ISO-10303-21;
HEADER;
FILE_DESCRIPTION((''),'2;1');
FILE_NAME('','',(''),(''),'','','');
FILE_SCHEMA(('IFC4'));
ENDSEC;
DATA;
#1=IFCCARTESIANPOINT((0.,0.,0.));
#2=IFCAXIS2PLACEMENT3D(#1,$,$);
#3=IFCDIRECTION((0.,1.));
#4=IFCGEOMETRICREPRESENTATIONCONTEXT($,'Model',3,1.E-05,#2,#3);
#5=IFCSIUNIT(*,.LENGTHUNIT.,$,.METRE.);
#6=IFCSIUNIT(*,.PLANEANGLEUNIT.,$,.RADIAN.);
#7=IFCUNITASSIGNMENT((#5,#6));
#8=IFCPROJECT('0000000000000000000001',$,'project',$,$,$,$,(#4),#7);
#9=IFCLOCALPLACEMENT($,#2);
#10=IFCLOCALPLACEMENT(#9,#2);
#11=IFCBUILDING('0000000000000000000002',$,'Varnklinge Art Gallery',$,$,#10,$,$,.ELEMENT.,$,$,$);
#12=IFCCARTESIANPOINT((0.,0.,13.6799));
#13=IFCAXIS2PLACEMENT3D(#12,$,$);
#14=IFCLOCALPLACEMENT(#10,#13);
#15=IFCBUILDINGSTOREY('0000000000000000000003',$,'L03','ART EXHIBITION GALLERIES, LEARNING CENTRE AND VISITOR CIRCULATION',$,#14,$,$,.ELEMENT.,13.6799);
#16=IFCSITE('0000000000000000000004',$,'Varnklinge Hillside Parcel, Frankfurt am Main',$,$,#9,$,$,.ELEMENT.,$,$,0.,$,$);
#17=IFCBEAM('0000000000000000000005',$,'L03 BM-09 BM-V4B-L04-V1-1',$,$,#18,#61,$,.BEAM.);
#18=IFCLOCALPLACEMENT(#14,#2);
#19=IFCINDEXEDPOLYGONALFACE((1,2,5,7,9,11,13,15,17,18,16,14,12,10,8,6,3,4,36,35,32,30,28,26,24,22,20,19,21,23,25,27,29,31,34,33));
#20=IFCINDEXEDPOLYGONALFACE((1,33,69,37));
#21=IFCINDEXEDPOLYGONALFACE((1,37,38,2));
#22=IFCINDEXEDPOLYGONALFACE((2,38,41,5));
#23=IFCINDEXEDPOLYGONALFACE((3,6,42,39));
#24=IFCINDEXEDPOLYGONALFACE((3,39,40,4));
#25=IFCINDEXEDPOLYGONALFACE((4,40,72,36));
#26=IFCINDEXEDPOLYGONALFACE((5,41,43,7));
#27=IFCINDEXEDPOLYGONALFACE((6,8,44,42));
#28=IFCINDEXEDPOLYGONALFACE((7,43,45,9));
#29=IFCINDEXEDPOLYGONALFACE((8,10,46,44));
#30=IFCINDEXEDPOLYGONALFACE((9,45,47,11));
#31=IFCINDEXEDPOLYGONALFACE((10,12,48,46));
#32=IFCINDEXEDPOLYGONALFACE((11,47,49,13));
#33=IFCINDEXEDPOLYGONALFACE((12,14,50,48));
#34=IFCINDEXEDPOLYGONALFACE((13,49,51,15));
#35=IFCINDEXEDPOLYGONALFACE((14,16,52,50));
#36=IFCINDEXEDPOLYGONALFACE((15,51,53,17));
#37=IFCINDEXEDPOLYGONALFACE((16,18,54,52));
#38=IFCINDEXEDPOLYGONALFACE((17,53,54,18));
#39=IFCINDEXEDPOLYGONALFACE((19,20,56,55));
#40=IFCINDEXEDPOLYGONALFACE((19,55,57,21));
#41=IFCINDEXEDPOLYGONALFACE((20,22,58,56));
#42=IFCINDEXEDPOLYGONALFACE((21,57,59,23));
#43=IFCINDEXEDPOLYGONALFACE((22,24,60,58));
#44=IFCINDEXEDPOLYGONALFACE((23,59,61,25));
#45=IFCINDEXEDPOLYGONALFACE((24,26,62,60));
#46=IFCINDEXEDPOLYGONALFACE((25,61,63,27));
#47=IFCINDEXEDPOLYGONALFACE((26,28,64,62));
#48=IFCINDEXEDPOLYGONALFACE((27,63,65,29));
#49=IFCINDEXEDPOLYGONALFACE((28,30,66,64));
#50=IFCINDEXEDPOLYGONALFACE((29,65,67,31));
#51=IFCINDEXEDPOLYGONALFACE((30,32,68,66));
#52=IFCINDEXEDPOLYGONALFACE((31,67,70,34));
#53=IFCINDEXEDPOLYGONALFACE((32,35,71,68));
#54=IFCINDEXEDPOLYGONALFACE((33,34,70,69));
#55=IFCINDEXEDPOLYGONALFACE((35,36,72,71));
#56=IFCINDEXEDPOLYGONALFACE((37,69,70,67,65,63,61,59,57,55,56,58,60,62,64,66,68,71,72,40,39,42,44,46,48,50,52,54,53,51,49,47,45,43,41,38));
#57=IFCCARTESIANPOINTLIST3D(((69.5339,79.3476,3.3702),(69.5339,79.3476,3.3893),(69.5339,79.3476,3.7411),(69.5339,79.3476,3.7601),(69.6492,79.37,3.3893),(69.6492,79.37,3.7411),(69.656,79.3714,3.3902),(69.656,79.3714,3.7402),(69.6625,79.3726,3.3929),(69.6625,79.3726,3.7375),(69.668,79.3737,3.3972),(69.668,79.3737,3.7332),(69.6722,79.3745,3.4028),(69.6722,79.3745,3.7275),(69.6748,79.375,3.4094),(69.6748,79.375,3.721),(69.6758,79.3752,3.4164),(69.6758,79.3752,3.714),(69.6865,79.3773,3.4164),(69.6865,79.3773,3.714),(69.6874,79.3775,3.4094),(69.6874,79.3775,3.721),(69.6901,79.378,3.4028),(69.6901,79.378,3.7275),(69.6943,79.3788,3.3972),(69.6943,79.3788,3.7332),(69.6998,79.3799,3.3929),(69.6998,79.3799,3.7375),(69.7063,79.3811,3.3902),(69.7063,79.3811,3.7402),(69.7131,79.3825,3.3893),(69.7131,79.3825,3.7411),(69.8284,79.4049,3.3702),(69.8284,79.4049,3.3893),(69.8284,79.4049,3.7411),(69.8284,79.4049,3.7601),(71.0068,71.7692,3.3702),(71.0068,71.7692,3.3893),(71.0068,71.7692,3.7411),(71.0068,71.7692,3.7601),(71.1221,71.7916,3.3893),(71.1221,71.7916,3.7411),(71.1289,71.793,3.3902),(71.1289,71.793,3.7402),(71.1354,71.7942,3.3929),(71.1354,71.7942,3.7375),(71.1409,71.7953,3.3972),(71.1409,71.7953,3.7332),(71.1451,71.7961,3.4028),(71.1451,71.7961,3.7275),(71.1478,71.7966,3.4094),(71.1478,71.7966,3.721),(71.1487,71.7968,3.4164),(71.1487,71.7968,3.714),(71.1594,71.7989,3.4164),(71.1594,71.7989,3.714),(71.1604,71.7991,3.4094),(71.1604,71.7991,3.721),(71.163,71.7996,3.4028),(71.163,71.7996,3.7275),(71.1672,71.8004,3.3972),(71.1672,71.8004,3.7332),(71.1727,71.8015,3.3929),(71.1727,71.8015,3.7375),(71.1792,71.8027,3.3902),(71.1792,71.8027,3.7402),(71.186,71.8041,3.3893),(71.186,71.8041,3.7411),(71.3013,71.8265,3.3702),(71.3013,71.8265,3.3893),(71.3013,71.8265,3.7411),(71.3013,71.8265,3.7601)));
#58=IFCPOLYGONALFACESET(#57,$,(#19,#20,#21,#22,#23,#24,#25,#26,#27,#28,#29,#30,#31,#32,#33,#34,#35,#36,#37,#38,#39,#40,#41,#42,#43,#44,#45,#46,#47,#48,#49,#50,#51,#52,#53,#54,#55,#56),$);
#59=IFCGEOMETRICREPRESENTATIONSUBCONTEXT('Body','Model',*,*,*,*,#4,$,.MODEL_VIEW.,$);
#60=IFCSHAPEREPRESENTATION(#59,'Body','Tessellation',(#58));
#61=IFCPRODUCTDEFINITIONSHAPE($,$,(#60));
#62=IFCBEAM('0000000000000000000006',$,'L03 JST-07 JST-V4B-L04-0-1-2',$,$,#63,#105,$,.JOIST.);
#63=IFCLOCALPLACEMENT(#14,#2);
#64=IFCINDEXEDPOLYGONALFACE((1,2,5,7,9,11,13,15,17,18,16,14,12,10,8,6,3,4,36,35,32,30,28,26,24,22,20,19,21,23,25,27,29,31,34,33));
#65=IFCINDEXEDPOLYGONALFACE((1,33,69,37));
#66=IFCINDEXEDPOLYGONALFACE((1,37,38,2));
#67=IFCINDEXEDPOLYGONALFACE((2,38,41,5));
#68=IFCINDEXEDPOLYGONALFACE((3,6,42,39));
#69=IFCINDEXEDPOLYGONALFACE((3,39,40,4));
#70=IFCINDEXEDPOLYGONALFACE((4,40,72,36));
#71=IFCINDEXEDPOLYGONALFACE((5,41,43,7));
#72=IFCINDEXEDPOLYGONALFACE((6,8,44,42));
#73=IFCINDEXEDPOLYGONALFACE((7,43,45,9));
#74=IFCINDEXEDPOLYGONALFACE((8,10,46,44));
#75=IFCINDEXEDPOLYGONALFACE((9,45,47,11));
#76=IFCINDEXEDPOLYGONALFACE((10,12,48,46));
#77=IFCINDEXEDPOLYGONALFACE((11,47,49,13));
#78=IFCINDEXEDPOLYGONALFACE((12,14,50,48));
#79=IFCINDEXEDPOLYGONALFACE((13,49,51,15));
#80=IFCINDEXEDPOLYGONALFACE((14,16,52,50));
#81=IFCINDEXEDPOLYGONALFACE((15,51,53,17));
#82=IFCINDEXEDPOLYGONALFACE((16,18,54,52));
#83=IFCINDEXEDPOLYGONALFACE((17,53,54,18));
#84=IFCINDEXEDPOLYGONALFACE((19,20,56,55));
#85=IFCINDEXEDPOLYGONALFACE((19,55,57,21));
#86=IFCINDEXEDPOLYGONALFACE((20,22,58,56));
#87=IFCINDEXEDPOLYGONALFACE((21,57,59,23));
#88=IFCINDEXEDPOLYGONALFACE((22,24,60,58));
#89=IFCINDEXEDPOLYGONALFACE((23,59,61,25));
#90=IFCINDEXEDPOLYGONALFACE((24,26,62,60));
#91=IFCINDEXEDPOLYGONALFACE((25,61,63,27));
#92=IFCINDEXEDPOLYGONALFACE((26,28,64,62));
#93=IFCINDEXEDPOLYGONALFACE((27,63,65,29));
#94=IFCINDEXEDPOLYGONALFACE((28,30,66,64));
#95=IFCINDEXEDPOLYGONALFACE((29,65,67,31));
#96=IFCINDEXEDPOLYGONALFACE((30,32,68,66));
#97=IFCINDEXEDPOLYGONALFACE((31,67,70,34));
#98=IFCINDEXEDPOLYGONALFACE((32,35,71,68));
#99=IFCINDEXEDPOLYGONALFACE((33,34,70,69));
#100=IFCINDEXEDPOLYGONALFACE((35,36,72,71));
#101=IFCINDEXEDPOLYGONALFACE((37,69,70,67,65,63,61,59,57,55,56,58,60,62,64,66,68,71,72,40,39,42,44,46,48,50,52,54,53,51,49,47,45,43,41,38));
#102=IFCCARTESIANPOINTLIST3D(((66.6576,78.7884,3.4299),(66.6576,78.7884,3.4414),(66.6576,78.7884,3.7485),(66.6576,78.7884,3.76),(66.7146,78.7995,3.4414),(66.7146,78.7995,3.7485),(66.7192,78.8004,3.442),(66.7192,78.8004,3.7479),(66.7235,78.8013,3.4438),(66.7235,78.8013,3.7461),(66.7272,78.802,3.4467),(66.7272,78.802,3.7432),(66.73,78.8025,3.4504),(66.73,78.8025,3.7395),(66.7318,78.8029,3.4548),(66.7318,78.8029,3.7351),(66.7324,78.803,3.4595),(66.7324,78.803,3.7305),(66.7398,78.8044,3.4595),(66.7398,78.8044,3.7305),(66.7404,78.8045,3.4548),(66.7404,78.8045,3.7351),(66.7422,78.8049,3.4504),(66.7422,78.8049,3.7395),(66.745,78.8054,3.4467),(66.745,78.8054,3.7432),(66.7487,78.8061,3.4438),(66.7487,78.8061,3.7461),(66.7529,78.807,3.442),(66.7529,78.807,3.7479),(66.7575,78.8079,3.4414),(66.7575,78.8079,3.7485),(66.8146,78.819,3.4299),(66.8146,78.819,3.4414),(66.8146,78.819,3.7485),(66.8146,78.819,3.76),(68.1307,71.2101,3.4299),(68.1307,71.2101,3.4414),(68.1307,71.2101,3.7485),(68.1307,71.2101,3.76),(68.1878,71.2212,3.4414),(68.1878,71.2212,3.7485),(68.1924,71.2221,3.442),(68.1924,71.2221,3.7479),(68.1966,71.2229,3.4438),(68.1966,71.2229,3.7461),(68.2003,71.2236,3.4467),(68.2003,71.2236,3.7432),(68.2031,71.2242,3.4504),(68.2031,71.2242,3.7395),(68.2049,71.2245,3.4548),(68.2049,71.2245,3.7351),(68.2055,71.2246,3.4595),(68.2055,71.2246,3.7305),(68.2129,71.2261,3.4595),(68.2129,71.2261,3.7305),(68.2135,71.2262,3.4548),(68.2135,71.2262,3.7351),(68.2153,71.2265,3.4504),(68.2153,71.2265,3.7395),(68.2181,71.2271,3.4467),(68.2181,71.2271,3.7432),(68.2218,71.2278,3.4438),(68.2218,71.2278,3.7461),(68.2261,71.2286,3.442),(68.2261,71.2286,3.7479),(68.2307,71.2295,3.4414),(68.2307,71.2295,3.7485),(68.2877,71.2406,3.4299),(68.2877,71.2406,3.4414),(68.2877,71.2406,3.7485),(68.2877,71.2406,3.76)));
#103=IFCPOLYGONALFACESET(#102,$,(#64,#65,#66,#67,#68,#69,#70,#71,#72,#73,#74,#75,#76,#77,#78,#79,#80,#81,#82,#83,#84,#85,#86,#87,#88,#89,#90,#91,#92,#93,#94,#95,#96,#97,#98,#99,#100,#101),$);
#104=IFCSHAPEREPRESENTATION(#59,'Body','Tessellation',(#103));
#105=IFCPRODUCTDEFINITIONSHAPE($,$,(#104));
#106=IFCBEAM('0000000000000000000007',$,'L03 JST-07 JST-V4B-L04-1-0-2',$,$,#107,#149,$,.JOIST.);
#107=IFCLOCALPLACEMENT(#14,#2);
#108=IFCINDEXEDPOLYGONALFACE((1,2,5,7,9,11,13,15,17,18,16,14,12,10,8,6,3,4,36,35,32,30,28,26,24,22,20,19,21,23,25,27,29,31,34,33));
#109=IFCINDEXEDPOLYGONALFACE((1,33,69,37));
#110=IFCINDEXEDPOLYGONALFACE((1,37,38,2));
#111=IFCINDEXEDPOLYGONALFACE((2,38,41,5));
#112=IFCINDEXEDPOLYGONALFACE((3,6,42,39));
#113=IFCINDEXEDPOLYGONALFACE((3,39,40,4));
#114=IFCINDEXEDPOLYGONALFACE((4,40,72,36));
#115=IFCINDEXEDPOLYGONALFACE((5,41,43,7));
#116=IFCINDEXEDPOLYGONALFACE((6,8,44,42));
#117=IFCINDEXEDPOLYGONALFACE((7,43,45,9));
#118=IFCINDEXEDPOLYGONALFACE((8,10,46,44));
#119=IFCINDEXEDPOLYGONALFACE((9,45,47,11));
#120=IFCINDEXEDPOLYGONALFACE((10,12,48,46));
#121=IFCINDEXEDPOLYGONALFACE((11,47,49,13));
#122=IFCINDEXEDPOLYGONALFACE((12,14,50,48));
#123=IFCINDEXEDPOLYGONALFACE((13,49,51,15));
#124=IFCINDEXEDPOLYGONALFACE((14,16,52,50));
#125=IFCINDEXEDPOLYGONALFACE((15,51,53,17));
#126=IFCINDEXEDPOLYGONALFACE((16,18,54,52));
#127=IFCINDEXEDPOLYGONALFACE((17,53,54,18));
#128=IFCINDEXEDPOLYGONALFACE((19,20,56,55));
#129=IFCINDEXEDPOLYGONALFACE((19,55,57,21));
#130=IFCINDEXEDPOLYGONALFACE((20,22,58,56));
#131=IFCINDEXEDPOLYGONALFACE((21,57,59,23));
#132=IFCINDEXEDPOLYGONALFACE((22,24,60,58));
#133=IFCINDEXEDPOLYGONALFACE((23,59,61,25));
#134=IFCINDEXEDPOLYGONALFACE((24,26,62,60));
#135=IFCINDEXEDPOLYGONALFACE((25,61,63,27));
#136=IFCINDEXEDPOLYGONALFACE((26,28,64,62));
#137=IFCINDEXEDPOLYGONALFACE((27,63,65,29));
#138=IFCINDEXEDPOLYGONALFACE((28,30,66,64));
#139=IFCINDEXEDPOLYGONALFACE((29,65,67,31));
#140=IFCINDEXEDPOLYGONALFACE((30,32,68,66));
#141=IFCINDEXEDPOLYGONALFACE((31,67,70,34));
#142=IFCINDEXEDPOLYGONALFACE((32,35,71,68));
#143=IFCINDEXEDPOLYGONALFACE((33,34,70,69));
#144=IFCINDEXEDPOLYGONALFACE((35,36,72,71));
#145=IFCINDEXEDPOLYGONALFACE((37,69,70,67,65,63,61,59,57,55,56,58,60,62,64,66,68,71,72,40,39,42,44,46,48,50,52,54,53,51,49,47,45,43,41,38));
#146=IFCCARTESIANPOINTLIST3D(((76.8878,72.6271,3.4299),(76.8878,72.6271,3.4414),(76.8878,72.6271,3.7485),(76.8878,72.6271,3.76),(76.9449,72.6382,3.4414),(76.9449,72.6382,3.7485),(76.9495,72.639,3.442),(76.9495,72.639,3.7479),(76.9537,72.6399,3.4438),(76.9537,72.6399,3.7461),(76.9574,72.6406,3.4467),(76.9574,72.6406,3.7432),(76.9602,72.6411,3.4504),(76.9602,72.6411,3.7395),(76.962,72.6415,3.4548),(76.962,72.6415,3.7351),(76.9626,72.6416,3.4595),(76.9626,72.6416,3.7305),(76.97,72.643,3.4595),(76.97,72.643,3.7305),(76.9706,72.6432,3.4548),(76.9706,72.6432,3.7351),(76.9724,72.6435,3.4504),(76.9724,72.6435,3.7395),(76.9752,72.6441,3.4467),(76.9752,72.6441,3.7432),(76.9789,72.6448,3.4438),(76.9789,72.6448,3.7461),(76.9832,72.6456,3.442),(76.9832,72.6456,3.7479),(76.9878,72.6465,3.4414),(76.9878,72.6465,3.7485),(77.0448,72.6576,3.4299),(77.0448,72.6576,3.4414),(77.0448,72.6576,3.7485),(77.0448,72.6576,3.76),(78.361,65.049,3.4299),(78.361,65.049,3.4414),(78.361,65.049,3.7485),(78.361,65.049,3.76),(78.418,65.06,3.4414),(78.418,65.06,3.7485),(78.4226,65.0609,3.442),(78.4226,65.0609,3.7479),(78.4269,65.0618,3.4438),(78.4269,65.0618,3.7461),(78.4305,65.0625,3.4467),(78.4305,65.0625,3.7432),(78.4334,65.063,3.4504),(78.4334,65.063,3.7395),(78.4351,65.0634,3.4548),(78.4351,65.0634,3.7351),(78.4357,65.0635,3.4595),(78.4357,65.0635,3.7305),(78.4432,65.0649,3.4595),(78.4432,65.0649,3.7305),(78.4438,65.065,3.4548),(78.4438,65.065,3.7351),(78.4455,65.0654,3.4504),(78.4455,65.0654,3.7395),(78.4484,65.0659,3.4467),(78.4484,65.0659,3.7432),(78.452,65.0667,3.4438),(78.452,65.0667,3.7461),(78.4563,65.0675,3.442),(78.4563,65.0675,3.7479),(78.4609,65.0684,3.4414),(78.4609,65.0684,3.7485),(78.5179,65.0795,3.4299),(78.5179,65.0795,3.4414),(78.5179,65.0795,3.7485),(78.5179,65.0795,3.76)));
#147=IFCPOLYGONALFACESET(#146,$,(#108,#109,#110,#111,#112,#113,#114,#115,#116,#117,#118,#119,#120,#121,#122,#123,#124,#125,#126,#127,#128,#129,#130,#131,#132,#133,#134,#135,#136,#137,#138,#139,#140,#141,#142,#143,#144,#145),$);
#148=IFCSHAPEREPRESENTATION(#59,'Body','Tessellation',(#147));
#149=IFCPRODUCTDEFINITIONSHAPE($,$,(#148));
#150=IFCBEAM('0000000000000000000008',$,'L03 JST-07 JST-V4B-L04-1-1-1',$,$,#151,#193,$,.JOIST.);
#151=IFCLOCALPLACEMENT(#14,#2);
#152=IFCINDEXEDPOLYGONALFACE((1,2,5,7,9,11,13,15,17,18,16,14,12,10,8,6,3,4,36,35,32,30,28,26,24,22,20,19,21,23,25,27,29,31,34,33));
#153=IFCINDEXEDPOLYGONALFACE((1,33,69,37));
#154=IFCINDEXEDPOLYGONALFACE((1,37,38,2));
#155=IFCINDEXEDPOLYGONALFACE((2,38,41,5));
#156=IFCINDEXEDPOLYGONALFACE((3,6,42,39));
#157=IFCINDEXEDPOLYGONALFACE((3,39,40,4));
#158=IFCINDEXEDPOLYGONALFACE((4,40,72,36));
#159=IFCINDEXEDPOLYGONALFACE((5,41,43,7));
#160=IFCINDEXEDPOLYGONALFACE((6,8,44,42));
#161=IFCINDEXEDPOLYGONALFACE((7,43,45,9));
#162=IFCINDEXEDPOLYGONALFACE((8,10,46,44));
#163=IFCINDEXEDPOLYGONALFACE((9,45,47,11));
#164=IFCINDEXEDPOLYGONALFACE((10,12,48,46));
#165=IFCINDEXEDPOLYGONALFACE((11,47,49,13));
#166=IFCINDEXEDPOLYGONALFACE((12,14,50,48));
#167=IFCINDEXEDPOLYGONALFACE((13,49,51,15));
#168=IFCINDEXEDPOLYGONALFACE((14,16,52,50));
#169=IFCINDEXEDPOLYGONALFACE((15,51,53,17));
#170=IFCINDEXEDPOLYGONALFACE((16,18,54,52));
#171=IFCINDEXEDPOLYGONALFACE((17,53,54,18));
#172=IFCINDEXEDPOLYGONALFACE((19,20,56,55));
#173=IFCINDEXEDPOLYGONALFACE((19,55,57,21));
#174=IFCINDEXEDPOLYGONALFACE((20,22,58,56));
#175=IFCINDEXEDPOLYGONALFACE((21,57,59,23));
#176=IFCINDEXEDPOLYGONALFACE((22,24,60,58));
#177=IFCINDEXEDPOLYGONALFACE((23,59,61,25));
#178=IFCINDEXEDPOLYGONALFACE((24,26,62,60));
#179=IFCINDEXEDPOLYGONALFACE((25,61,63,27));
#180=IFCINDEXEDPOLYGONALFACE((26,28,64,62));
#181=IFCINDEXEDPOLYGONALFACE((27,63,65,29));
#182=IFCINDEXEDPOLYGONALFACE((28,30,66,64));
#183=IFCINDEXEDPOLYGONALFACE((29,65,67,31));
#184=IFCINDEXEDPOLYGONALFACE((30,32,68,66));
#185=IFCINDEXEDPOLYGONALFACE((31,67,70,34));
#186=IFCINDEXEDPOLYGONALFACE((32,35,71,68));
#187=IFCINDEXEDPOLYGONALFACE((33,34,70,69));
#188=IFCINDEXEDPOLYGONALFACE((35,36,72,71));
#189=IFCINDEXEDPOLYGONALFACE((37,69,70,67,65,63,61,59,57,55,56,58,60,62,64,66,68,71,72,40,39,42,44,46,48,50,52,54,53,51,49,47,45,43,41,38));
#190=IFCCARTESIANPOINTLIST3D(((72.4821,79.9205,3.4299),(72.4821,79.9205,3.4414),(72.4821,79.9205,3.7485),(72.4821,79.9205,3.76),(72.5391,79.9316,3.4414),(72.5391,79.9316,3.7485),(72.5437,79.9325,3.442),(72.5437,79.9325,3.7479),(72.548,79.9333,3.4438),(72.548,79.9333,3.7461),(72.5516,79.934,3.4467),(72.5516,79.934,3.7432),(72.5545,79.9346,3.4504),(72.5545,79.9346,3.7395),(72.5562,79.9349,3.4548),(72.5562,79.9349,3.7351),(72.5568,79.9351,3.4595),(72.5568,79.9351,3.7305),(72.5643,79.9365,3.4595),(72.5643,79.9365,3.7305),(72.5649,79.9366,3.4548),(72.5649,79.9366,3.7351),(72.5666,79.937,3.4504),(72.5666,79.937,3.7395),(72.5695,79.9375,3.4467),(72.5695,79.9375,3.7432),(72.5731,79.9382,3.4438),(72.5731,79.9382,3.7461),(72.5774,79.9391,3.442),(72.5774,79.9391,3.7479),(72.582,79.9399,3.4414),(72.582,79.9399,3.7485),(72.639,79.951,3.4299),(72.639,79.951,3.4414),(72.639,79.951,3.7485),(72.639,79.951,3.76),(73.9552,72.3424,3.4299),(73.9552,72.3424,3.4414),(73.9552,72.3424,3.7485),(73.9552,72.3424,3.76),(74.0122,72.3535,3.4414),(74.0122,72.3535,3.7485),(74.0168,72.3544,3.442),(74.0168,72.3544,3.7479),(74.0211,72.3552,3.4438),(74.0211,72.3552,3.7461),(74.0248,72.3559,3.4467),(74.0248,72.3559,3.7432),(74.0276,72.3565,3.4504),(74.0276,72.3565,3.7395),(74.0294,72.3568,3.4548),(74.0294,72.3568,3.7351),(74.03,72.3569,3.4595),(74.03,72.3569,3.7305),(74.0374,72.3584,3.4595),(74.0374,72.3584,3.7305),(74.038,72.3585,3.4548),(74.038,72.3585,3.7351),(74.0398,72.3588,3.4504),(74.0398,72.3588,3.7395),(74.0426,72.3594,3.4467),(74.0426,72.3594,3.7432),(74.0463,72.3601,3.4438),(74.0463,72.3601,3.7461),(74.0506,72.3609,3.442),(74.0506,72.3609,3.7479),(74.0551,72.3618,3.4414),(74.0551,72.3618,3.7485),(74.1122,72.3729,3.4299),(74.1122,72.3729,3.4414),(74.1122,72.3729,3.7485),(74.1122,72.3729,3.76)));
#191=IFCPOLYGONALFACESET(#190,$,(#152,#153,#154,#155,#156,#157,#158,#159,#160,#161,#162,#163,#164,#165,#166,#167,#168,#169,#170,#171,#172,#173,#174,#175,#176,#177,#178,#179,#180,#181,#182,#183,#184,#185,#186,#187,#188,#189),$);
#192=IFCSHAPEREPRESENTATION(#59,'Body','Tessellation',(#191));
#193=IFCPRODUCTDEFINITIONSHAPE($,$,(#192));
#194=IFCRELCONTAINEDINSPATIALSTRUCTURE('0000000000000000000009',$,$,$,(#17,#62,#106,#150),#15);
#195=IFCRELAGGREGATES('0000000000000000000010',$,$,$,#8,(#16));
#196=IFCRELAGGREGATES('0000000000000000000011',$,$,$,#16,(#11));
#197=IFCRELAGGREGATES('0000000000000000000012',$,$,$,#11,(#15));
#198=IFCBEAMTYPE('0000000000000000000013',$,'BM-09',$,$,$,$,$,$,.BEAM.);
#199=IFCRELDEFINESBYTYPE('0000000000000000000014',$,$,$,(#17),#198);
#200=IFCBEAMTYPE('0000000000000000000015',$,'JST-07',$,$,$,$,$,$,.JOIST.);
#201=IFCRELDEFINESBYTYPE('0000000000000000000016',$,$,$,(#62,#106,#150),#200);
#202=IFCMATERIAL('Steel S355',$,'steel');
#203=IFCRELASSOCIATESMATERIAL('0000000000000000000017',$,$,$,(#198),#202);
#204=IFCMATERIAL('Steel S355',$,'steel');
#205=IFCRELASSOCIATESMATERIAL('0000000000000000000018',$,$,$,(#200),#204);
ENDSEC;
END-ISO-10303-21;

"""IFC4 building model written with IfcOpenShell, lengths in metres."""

from ifc_helpers import new_model, si_unit, direction, frame, origin, origin_2d, place, context, subcontext, project, spatial, i_section, extrude, material, material_profile, profile_set, type_object, element, save


model = new_model("IFC4")

# Units and contexts
model_context = context("Model", 3, precision=1e-05, world=origin(), true_north=direction((0.0, 1.0)))
body_context = subcontext(model_context, "Body", "Model", "MODEL_VIEW")
ifc_project = project(units=[si_unit("LENGTHUNIT", "METRE"), si_unit("PLANEANGLEUNIT", "RADIAN")], contexts=[model_context])

# Site, building, storey
site_placement = place(None, origin())
site = spatial("IfcSite", under=ifc_project, at=site_placement, Name="Varnklinge Hillside Parcel, Frankfurt am Main", CompositionType="ELEMENT", RefElevation=0.0)
building_placement = place(site_placement, origin())
building = spatial("IfcBuilding", under=site, at=building_placement, Name="Varnklinge Art Gallery", CompositionType="ELEMENT")
storey_placement = place(building_placement, frame((0.0, 0.0, 13.6799)))
storey = spatial("IfcBuildingStorey", under=building, at=storey_placement, Name="L03", Description="ART EXHIBITION GALLERIES, LEARNING CENTRE AND VISITOR CIRCULATION", CompositionType="ELEMENT", Elevation=13.6799)

# Beams
ifc_material_1 = material(Name="Steel S355", Category="steel")
ifc_material_profile_1 = material_profile(ifc_material_1, i_section(OverallWidth=0.3, OverallDepth=0.3899, WebThickness=0.011, FlangeThickness=0.019, FilletRadius=0.0271, at=origin_2d()), Name="HEA 400")
ifc_profile_set_1 = profile_set([ifc_material_profile_1], Name="Steel S355")
beam_type_1 = type_object("IfcBeamType", Name="BM-09", PredefinedType="BEAM", material=ifc_profile_set_1)
beam_1_placement = place(storey_placement, frame((71.1541, 71.7979, 3.5652), z_axis=(-0.190786, 0.981632, 0.0), x_axis=(-0.981632, -0.190786, 0.0)))
element("IfcBeam", 1, at=beam_1_placement, inside=storey, type_object=beam_type_1, Name="L03 BM-09 BM-V4B-L04-V1-1", PredefinedType="BEAM", context=body_context, shape_type="SweptSolid", body=[
    extrude(i_section(OverallWidth=0.3, OverallDepth=0.3899, WebThickness=0.011, FlangeThickness=0.019, FilletRadius=0.0271, at=origin_2d()), origin(), (0.0, 0.0, 1.0), 7.7202),
])
ifc_material_2 = material(Name="Steel S355", Category="steel")
ifc_material_profile_2 = material_profile(ifc_material_2, i_section(OverallWidth=0.1599, OverallDepth=0.3301, WebThickness=0.0076, FlangeThickness=0.0115, FilletRadius=0.0181, at=origin_2d()), Name="IPE 330")
ifc_profile_set_2 = profile_set([ifc_material_profile_2], Name="Steel S355")
beam_type_2 = type_object("IfcBeamType", Name="JST-07", PredefinedType="JOIST", material=ifc_profile_set_2)
beam_2_placement = place(storey_placement, frame((68.2092, 71.2253, 3.595), z_axis=(-0.190816, 0.981626, 0.0), x_axis=(-0.981626, -0.190816, 0.0)))
element("IfcBeam", 2, at=beam_2_placement, inside=storey, type_object=beam_type_2, Name="L03 JST-07 JST-V4B-L04-0-1-2", PredefinedType="JOIST", context=body_context, shape_type="SweptSolid", body=[
    extrude(i_section(OverallWidth=0.1599, OverallDepth=0.3301, WebThickness=0.0076, FlangeThickness=0.0115, FilletRadius=0.0181, at=origin_2d()), origin(), (0.0, 0.0, 1.0), 7.7202),
])
for number, where, z_axis, x_axis, name in (
    (3, (78.4395, 65.0642, 3.595), (-0.190822, 0.981625, 0.0), (-0.981625, -0.190822, 0.0), "L03 JST-07 JST-V4B-L04-1-0-2"),
    (4, (74.0337, 72.3577, 3.595), (-0.190822, 0.981625, 0.0), (-0.981625, -0.190822, 0.0), "L03 JST-07 JST-V4B-L04-1-1-1"),
):
    element("IfcBeam", number, at=place(storey_placement, frame(where, z_axis=z_axis, x_axis=x_axis)), inside=storey, type_object=beam_type_2, Name=name, PredefinedType="JOIST", context=body_context, shape_type="SweptSolid", body=[
        extrude(i_section(OverallWidth=0.1599, OverallDepth=0.3301, WebThickness=0.0076, FlangeThickness=0.0115, FilletRadius=0.0181, at=origin_2d()), origin(), (0.0, 0.0, 1.0), 7.72),
    ])

save(model, "model.ifc")
